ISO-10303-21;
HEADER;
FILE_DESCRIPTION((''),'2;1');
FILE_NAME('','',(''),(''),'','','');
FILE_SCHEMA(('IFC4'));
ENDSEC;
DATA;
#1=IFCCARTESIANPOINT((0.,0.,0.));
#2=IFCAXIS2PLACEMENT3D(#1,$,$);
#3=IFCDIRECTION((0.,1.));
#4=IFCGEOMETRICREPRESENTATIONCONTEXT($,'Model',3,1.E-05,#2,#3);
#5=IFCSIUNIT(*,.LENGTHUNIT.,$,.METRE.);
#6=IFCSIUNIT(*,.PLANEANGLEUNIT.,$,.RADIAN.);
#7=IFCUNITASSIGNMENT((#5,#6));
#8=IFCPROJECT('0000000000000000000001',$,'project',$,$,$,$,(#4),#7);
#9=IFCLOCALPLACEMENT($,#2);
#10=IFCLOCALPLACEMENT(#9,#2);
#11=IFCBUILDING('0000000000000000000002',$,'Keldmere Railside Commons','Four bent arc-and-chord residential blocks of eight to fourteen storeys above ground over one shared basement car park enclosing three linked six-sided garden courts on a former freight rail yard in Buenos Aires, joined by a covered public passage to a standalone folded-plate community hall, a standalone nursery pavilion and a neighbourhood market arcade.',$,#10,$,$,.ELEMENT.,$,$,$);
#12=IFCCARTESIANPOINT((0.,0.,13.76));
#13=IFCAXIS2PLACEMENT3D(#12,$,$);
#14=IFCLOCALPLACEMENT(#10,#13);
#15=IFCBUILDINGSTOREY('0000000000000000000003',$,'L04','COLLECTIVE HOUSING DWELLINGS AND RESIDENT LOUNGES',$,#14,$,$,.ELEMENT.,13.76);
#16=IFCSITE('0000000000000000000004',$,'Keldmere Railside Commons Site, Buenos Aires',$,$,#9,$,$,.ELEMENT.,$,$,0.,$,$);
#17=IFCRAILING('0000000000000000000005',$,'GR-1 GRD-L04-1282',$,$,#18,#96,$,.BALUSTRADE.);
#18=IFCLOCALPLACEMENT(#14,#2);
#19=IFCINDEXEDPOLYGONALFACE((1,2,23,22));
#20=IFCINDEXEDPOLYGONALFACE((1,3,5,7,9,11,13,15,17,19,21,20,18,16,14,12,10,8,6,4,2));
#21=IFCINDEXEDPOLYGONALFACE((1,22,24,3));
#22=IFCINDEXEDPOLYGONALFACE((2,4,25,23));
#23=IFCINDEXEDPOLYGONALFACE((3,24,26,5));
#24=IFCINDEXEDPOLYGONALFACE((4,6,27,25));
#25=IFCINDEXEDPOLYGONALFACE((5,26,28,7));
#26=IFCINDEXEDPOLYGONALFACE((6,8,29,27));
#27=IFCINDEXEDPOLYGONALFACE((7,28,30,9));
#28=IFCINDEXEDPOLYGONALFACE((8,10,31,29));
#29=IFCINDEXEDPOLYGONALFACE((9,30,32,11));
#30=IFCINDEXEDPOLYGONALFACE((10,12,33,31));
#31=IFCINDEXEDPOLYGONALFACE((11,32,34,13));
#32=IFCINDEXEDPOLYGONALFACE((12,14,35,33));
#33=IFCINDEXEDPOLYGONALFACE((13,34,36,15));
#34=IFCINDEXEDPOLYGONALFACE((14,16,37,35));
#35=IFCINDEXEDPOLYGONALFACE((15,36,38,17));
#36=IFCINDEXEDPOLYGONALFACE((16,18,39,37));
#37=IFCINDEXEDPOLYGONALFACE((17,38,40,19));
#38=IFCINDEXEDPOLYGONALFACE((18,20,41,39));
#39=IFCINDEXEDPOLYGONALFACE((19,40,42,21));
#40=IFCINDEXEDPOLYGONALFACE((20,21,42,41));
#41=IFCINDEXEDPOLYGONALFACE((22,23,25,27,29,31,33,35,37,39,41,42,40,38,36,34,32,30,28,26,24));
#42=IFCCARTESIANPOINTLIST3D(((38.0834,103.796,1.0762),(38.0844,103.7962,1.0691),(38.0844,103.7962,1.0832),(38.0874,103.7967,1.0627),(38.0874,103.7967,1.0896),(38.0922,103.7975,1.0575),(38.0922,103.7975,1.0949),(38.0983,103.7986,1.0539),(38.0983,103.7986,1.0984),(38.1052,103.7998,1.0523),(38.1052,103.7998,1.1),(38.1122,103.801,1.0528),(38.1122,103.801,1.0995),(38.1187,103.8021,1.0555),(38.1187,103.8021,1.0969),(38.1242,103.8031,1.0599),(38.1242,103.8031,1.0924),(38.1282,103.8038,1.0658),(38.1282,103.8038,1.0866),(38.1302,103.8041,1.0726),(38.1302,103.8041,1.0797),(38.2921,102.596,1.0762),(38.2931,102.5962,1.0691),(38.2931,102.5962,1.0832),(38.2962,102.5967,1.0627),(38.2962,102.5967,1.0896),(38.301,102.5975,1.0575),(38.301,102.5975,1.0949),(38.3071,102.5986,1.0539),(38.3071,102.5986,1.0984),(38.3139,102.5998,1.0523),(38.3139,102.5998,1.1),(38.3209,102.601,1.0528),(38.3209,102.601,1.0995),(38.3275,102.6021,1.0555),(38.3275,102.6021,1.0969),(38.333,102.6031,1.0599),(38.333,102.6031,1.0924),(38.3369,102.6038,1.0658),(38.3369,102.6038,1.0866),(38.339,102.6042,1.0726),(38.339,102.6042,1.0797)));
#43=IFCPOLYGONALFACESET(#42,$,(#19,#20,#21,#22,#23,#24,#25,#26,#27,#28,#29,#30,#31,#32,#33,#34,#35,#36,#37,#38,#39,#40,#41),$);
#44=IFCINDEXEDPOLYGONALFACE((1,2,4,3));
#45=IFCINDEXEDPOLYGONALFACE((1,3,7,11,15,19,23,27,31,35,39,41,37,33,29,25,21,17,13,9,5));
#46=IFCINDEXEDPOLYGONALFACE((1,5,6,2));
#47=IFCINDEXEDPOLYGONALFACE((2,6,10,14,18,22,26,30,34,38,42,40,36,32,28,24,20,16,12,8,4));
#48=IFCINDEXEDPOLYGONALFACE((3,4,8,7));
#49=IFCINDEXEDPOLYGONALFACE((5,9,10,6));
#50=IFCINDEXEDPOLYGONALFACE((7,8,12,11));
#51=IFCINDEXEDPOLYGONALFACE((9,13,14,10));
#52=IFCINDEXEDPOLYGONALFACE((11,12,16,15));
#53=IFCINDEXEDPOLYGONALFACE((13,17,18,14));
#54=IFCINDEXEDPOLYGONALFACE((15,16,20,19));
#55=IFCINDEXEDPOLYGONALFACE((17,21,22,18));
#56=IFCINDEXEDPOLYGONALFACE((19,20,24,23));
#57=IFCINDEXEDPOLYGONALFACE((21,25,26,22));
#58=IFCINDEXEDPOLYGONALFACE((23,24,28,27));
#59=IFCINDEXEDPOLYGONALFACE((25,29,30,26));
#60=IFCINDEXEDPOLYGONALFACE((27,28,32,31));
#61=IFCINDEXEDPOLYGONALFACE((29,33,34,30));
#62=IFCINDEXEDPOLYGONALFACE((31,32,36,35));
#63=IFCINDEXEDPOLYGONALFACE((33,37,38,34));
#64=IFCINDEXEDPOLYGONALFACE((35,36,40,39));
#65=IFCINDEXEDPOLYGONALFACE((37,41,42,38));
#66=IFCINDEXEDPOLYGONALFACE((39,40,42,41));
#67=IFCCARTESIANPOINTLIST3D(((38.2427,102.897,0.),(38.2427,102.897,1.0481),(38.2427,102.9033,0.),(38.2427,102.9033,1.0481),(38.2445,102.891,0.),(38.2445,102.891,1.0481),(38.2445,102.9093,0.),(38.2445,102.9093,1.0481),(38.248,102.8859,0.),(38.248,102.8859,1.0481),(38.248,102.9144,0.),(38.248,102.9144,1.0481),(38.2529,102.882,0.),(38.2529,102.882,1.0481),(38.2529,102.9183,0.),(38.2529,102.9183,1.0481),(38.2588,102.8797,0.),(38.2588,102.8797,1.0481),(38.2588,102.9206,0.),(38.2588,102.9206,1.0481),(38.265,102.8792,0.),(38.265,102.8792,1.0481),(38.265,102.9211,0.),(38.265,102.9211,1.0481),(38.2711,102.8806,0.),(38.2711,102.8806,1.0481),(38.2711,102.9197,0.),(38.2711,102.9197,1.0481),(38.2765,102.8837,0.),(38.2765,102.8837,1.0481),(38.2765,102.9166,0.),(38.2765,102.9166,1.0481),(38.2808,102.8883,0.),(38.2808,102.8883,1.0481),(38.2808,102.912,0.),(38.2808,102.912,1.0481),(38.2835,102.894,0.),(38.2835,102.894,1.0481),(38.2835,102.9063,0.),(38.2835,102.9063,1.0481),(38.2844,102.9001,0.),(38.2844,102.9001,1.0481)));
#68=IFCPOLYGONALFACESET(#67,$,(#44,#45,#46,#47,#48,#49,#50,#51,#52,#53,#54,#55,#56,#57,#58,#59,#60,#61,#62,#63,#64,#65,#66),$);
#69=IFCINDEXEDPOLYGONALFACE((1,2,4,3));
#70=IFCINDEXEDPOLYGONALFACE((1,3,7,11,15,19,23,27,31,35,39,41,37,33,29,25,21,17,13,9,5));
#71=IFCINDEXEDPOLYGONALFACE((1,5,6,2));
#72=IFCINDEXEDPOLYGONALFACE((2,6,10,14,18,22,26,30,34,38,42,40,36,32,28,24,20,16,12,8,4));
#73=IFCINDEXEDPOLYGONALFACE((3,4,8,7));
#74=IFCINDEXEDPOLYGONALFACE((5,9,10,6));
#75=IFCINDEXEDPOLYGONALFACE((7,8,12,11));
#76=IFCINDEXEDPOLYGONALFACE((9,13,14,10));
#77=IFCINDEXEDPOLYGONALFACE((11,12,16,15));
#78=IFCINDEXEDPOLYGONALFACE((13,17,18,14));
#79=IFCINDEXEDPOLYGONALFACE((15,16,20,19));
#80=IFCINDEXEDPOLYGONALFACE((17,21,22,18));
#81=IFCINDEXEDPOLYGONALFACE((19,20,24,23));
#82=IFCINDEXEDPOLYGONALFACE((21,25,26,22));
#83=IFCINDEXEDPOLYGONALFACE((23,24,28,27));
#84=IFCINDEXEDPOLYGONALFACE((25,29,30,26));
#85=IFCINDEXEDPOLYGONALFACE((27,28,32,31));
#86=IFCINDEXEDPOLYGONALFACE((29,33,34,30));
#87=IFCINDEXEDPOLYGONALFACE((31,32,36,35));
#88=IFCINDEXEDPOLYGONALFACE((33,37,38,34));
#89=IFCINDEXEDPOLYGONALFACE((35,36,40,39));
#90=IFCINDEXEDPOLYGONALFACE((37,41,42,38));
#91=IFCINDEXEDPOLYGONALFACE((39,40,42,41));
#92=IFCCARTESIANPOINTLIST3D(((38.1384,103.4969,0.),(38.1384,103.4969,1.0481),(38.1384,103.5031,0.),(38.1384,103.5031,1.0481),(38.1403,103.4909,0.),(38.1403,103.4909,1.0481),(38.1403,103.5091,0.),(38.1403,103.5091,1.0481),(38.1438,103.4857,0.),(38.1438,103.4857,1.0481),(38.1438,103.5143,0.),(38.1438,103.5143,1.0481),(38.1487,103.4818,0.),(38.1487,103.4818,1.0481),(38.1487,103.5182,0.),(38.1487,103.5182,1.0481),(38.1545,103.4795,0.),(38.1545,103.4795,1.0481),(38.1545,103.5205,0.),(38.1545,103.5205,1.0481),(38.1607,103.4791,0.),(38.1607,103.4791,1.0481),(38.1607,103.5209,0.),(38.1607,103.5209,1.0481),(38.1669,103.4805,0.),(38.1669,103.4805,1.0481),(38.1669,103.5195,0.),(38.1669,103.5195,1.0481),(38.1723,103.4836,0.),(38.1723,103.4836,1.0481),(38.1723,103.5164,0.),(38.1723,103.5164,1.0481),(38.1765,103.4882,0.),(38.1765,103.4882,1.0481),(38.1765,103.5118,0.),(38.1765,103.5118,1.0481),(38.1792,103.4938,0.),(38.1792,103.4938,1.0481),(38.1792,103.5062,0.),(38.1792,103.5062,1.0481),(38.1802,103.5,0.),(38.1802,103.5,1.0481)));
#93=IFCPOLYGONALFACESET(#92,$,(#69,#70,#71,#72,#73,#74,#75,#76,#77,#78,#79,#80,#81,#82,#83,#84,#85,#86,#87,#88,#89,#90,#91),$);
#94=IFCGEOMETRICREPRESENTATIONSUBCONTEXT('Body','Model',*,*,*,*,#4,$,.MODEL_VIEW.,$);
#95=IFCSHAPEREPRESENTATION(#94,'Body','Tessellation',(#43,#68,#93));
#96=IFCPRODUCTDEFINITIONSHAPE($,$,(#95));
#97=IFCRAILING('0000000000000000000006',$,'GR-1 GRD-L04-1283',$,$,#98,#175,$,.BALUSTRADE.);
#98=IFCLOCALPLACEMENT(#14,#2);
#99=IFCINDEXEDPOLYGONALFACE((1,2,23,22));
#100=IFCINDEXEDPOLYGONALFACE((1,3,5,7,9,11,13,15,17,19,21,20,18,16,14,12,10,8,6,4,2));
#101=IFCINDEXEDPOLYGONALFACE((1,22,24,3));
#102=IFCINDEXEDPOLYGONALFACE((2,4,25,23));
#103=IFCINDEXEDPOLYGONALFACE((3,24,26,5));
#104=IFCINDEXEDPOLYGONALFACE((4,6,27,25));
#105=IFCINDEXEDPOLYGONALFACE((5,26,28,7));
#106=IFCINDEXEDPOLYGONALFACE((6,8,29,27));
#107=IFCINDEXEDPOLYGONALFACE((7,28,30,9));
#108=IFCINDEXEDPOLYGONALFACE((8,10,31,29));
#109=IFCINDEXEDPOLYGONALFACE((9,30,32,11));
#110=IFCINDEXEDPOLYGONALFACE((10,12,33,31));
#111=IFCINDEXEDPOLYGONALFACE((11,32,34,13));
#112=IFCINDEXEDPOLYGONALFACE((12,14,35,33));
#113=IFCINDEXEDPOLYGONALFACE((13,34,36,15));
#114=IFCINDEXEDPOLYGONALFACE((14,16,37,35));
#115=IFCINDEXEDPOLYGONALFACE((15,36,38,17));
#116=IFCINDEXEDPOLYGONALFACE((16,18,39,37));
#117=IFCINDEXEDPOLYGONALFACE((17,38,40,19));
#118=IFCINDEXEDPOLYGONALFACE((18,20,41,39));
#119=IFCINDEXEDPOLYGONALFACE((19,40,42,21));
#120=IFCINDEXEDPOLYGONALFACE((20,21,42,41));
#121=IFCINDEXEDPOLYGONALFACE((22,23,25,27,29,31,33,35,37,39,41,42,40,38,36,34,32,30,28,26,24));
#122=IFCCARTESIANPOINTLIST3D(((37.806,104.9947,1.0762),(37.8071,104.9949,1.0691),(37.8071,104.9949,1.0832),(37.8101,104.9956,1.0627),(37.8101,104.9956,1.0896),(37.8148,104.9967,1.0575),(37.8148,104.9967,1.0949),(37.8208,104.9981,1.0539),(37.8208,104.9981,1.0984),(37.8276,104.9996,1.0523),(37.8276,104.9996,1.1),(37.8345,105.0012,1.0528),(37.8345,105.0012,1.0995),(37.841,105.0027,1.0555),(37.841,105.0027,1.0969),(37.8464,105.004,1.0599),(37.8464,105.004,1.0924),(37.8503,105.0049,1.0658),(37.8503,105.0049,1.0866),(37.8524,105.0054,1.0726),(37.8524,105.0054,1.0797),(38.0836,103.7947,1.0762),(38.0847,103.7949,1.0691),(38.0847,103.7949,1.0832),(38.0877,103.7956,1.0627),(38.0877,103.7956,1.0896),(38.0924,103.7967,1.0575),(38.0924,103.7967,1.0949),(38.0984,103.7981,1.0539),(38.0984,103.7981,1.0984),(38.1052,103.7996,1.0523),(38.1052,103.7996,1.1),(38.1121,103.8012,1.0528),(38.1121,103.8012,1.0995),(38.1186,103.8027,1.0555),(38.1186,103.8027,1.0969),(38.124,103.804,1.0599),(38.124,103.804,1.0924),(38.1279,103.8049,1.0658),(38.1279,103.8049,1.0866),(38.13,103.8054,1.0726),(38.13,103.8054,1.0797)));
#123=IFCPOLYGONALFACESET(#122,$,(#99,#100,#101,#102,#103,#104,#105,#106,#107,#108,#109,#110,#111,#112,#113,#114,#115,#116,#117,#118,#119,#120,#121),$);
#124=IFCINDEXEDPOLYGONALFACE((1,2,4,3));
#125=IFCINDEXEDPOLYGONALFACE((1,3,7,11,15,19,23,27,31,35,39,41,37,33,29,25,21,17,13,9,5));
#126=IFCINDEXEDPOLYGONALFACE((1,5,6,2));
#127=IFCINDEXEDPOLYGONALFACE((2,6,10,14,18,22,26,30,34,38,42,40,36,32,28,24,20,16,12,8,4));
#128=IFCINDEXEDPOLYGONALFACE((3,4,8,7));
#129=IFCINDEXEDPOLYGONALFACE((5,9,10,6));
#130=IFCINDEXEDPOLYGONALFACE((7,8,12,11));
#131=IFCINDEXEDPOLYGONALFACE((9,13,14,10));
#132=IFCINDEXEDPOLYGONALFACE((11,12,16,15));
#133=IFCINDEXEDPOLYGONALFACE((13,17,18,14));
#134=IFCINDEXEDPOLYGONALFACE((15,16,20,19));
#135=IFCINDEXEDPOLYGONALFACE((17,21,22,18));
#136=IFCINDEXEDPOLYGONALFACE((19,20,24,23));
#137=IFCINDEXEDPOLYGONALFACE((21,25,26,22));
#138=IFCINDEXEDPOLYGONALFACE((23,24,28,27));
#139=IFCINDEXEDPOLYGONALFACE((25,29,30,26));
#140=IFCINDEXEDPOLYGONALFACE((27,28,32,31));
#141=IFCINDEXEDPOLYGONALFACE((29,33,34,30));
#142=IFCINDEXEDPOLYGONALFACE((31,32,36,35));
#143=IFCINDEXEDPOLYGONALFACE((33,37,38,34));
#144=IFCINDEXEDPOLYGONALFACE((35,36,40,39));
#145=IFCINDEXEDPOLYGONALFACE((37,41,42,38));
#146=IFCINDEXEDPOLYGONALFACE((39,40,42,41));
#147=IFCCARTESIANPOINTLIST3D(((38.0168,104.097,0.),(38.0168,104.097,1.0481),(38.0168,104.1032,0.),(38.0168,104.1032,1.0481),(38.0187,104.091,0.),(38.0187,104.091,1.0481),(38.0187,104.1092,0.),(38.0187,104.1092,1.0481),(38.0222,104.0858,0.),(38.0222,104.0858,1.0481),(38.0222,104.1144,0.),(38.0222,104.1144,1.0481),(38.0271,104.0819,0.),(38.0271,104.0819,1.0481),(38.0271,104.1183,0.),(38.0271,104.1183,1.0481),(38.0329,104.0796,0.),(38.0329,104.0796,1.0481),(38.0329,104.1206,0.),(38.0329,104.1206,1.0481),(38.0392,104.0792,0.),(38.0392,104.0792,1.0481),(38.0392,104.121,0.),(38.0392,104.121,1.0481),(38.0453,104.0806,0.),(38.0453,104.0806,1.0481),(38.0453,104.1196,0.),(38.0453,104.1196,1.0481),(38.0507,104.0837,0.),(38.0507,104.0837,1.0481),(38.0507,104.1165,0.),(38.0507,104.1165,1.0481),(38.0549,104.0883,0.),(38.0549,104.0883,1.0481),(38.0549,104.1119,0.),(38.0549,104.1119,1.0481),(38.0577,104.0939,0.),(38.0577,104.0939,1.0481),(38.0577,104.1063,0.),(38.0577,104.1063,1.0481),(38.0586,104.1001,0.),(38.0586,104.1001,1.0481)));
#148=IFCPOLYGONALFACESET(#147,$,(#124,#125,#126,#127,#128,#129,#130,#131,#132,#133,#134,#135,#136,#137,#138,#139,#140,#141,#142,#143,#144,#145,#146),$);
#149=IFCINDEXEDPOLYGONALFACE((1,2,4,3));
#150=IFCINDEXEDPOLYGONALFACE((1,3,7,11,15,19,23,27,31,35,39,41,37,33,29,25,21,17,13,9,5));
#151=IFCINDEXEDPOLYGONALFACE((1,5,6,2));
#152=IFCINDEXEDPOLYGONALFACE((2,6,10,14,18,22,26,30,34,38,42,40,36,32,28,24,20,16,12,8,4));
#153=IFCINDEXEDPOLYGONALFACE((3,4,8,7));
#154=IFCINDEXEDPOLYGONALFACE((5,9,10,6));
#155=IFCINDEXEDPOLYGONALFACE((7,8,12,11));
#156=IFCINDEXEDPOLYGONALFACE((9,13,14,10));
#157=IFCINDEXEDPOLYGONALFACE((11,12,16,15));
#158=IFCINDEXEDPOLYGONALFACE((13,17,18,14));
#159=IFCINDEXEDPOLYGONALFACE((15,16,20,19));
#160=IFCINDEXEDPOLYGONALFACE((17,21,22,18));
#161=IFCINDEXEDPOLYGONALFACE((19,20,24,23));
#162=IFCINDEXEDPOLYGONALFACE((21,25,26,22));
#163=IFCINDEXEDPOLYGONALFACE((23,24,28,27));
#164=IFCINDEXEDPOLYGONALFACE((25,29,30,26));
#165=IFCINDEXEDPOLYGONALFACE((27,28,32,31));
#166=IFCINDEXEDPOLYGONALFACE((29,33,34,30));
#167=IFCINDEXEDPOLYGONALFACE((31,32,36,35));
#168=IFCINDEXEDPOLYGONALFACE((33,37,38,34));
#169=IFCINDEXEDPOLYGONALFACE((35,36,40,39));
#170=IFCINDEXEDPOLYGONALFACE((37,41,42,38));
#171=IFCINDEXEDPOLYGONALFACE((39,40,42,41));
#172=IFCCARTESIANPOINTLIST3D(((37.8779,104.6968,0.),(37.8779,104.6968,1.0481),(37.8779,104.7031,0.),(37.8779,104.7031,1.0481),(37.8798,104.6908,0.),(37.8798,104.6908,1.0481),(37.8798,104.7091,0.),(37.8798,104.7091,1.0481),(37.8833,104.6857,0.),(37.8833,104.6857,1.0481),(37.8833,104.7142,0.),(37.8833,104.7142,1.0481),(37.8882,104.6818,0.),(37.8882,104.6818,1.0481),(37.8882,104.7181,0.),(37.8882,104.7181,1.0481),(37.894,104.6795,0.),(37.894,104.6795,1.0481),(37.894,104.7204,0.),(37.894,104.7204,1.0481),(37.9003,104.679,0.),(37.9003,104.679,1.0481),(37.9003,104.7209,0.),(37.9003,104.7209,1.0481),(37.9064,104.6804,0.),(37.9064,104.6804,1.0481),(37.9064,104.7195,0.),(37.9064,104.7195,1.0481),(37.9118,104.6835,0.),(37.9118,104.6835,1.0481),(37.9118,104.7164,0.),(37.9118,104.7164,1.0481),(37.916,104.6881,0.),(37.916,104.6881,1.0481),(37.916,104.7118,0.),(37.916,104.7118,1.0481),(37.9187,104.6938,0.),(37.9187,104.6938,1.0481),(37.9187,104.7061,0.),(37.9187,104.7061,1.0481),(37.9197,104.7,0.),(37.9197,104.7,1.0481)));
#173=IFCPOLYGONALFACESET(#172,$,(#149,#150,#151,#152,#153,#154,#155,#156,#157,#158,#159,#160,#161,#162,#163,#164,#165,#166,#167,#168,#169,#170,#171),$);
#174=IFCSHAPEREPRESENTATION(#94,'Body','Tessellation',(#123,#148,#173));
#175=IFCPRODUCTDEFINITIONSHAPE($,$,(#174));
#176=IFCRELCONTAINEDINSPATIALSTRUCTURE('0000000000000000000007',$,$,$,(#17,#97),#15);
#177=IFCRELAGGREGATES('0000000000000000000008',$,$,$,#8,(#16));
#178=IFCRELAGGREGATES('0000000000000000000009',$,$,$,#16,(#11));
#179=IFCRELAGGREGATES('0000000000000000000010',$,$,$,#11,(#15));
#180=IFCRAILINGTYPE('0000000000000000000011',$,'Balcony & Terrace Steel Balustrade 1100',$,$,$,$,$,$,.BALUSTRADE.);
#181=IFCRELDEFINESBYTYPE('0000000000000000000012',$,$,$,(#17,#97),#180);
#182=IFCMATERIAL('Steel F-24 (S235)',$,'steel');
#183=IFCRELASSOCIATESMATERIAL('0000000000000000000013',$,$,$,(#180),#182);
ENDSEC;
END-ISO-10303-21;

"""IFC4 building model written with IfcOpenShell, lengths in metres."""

from ifc_helpers import new_model, si_unit, direction, frame, origin, origin_2d, place, context, subcontext, project, spatial, circle, extrude, material, type_object, element, save


model = new_model("IFC4")

# Units and contexts
model_context = context("Model", 3, precision=1e-05, world=origin(), true_north=direction((0.0, 1.0)))
body_context = subcontext(model_context, "Body", "Model", "MODEL_VIEW")
ifc_project = project(units=[si_unit("LENGTHUNIT", "METRE"), si_unit("PLANEANGLEUNIT", "RADIAN")], contexts=[model_context])

# Site, building, storey
site_placement = place(None, origin())
site = spatial("IfcSite", under=ifc_project, at=site_placement, Name="Keldmere Railside Commons Site, Buenos Aires", CompositionType="ELEMENT", RefElevation=0.0)
building_placement = place(site_placement, origin())
building = spatial("IfcBuilding", under=site, at=building_placement, Name="Keldmere Railside Commons", Description="Four bent arc-and-chord residential blocks of eight to fourteen storeys above ground over one shared basement car park enclosing three linked six-sided garden courts on a former freight rail yard in Buenos Aires, joined by a covered public passage to a standalone folded-plate community hall, a standalone nursery pavilion and a neighbourhood market arcade.", CompositionType="ELEMENT")
storey_placement = place(building_placement, frame((0.0, 0.0, 13.76)))
storey = spatial("IfcBuildingStorey", under=building, at=storey_placement, Name="L04", Description="COLLECTIVE HOUSING DWELLINGS AND RESIDENT LOUNGES", CompositionType="ELEMENT", Elevation=13.76)

# Railings
ifc_material_1 = material(Name="Steel F-24 (S235)", Category="steel")
railing_type = type_object("IfcRailingType", Name="Balcony & Terrace Steel Balustrade 1100", PredefinedType="BALUSTRADE", material=ifc_material_1)
railing_1_placement = place(storey_placement, frame((38.3157, 102.6001, 0.0)))
element("IfcRailing", 1, at=railing_1_placement, inside=storey, type_object=railing_type, Name="GR-1 GRD-L04-1282", PredefinedType="BALUSTRADE", context=body_context, shape_type="SweptSolid", body=[
    extrude(circle(Radius=0.0239, at=origin_2d()), frame((0.0, 0.0, 1.0762), z_axis=(-0.171383, 0.985204, 0.0), x_axis=(-0.985204, -0.171383, 0.0)), (0.0, 0.0, 1.0), 1.218),
    extrude(circle(Radius=0.021, at=origin_2d()), frame((-0.0522, 0.3, 0.0)), (0.0, 0.0, 1.0), 1.0481),
    extrude(circle(Radius=0.021, at=origin_2d()), frame((-0.1565, 0.8999, 0.0)), (0.0, 0.0, 1.0), 1.0481),
])
railing_2_placement = place(storey_placement, frame((38.1069, 103.8, 0.0)))
element("IfcRailing", 2, at=railing_2_placement, inside=storey, type_object=railing_type, Name="GR-1 GRD-L04-1283", PredefinedType="BALUSTRADE", context=body_context, shape_type="SweptSolid", body=[
    extrude(circle(Radius=0.0239, at=origin_2d()), frame((0.0, 0.0, 1.0762), z_axis=(-0.225381, 0.974271, 0.0), x_axis=(-0.974271, -0.225381, 0.0)), (0.0, 0.0, 1.0), 1.2317),
    extrude(circle(Radius=0.021, at=origin_2d()), frame((-0.0693, 0.3, 0.0)), (0.0, 0.0, 1.0), 1.0481),
    extrude(circle(Radius=0.021, at=origin_2d()), frame((-0.2083, 0.8999, 0.0)), (0.0, 0.0, 1.0), 1.0481),
])

save(model, "model.ifc")
